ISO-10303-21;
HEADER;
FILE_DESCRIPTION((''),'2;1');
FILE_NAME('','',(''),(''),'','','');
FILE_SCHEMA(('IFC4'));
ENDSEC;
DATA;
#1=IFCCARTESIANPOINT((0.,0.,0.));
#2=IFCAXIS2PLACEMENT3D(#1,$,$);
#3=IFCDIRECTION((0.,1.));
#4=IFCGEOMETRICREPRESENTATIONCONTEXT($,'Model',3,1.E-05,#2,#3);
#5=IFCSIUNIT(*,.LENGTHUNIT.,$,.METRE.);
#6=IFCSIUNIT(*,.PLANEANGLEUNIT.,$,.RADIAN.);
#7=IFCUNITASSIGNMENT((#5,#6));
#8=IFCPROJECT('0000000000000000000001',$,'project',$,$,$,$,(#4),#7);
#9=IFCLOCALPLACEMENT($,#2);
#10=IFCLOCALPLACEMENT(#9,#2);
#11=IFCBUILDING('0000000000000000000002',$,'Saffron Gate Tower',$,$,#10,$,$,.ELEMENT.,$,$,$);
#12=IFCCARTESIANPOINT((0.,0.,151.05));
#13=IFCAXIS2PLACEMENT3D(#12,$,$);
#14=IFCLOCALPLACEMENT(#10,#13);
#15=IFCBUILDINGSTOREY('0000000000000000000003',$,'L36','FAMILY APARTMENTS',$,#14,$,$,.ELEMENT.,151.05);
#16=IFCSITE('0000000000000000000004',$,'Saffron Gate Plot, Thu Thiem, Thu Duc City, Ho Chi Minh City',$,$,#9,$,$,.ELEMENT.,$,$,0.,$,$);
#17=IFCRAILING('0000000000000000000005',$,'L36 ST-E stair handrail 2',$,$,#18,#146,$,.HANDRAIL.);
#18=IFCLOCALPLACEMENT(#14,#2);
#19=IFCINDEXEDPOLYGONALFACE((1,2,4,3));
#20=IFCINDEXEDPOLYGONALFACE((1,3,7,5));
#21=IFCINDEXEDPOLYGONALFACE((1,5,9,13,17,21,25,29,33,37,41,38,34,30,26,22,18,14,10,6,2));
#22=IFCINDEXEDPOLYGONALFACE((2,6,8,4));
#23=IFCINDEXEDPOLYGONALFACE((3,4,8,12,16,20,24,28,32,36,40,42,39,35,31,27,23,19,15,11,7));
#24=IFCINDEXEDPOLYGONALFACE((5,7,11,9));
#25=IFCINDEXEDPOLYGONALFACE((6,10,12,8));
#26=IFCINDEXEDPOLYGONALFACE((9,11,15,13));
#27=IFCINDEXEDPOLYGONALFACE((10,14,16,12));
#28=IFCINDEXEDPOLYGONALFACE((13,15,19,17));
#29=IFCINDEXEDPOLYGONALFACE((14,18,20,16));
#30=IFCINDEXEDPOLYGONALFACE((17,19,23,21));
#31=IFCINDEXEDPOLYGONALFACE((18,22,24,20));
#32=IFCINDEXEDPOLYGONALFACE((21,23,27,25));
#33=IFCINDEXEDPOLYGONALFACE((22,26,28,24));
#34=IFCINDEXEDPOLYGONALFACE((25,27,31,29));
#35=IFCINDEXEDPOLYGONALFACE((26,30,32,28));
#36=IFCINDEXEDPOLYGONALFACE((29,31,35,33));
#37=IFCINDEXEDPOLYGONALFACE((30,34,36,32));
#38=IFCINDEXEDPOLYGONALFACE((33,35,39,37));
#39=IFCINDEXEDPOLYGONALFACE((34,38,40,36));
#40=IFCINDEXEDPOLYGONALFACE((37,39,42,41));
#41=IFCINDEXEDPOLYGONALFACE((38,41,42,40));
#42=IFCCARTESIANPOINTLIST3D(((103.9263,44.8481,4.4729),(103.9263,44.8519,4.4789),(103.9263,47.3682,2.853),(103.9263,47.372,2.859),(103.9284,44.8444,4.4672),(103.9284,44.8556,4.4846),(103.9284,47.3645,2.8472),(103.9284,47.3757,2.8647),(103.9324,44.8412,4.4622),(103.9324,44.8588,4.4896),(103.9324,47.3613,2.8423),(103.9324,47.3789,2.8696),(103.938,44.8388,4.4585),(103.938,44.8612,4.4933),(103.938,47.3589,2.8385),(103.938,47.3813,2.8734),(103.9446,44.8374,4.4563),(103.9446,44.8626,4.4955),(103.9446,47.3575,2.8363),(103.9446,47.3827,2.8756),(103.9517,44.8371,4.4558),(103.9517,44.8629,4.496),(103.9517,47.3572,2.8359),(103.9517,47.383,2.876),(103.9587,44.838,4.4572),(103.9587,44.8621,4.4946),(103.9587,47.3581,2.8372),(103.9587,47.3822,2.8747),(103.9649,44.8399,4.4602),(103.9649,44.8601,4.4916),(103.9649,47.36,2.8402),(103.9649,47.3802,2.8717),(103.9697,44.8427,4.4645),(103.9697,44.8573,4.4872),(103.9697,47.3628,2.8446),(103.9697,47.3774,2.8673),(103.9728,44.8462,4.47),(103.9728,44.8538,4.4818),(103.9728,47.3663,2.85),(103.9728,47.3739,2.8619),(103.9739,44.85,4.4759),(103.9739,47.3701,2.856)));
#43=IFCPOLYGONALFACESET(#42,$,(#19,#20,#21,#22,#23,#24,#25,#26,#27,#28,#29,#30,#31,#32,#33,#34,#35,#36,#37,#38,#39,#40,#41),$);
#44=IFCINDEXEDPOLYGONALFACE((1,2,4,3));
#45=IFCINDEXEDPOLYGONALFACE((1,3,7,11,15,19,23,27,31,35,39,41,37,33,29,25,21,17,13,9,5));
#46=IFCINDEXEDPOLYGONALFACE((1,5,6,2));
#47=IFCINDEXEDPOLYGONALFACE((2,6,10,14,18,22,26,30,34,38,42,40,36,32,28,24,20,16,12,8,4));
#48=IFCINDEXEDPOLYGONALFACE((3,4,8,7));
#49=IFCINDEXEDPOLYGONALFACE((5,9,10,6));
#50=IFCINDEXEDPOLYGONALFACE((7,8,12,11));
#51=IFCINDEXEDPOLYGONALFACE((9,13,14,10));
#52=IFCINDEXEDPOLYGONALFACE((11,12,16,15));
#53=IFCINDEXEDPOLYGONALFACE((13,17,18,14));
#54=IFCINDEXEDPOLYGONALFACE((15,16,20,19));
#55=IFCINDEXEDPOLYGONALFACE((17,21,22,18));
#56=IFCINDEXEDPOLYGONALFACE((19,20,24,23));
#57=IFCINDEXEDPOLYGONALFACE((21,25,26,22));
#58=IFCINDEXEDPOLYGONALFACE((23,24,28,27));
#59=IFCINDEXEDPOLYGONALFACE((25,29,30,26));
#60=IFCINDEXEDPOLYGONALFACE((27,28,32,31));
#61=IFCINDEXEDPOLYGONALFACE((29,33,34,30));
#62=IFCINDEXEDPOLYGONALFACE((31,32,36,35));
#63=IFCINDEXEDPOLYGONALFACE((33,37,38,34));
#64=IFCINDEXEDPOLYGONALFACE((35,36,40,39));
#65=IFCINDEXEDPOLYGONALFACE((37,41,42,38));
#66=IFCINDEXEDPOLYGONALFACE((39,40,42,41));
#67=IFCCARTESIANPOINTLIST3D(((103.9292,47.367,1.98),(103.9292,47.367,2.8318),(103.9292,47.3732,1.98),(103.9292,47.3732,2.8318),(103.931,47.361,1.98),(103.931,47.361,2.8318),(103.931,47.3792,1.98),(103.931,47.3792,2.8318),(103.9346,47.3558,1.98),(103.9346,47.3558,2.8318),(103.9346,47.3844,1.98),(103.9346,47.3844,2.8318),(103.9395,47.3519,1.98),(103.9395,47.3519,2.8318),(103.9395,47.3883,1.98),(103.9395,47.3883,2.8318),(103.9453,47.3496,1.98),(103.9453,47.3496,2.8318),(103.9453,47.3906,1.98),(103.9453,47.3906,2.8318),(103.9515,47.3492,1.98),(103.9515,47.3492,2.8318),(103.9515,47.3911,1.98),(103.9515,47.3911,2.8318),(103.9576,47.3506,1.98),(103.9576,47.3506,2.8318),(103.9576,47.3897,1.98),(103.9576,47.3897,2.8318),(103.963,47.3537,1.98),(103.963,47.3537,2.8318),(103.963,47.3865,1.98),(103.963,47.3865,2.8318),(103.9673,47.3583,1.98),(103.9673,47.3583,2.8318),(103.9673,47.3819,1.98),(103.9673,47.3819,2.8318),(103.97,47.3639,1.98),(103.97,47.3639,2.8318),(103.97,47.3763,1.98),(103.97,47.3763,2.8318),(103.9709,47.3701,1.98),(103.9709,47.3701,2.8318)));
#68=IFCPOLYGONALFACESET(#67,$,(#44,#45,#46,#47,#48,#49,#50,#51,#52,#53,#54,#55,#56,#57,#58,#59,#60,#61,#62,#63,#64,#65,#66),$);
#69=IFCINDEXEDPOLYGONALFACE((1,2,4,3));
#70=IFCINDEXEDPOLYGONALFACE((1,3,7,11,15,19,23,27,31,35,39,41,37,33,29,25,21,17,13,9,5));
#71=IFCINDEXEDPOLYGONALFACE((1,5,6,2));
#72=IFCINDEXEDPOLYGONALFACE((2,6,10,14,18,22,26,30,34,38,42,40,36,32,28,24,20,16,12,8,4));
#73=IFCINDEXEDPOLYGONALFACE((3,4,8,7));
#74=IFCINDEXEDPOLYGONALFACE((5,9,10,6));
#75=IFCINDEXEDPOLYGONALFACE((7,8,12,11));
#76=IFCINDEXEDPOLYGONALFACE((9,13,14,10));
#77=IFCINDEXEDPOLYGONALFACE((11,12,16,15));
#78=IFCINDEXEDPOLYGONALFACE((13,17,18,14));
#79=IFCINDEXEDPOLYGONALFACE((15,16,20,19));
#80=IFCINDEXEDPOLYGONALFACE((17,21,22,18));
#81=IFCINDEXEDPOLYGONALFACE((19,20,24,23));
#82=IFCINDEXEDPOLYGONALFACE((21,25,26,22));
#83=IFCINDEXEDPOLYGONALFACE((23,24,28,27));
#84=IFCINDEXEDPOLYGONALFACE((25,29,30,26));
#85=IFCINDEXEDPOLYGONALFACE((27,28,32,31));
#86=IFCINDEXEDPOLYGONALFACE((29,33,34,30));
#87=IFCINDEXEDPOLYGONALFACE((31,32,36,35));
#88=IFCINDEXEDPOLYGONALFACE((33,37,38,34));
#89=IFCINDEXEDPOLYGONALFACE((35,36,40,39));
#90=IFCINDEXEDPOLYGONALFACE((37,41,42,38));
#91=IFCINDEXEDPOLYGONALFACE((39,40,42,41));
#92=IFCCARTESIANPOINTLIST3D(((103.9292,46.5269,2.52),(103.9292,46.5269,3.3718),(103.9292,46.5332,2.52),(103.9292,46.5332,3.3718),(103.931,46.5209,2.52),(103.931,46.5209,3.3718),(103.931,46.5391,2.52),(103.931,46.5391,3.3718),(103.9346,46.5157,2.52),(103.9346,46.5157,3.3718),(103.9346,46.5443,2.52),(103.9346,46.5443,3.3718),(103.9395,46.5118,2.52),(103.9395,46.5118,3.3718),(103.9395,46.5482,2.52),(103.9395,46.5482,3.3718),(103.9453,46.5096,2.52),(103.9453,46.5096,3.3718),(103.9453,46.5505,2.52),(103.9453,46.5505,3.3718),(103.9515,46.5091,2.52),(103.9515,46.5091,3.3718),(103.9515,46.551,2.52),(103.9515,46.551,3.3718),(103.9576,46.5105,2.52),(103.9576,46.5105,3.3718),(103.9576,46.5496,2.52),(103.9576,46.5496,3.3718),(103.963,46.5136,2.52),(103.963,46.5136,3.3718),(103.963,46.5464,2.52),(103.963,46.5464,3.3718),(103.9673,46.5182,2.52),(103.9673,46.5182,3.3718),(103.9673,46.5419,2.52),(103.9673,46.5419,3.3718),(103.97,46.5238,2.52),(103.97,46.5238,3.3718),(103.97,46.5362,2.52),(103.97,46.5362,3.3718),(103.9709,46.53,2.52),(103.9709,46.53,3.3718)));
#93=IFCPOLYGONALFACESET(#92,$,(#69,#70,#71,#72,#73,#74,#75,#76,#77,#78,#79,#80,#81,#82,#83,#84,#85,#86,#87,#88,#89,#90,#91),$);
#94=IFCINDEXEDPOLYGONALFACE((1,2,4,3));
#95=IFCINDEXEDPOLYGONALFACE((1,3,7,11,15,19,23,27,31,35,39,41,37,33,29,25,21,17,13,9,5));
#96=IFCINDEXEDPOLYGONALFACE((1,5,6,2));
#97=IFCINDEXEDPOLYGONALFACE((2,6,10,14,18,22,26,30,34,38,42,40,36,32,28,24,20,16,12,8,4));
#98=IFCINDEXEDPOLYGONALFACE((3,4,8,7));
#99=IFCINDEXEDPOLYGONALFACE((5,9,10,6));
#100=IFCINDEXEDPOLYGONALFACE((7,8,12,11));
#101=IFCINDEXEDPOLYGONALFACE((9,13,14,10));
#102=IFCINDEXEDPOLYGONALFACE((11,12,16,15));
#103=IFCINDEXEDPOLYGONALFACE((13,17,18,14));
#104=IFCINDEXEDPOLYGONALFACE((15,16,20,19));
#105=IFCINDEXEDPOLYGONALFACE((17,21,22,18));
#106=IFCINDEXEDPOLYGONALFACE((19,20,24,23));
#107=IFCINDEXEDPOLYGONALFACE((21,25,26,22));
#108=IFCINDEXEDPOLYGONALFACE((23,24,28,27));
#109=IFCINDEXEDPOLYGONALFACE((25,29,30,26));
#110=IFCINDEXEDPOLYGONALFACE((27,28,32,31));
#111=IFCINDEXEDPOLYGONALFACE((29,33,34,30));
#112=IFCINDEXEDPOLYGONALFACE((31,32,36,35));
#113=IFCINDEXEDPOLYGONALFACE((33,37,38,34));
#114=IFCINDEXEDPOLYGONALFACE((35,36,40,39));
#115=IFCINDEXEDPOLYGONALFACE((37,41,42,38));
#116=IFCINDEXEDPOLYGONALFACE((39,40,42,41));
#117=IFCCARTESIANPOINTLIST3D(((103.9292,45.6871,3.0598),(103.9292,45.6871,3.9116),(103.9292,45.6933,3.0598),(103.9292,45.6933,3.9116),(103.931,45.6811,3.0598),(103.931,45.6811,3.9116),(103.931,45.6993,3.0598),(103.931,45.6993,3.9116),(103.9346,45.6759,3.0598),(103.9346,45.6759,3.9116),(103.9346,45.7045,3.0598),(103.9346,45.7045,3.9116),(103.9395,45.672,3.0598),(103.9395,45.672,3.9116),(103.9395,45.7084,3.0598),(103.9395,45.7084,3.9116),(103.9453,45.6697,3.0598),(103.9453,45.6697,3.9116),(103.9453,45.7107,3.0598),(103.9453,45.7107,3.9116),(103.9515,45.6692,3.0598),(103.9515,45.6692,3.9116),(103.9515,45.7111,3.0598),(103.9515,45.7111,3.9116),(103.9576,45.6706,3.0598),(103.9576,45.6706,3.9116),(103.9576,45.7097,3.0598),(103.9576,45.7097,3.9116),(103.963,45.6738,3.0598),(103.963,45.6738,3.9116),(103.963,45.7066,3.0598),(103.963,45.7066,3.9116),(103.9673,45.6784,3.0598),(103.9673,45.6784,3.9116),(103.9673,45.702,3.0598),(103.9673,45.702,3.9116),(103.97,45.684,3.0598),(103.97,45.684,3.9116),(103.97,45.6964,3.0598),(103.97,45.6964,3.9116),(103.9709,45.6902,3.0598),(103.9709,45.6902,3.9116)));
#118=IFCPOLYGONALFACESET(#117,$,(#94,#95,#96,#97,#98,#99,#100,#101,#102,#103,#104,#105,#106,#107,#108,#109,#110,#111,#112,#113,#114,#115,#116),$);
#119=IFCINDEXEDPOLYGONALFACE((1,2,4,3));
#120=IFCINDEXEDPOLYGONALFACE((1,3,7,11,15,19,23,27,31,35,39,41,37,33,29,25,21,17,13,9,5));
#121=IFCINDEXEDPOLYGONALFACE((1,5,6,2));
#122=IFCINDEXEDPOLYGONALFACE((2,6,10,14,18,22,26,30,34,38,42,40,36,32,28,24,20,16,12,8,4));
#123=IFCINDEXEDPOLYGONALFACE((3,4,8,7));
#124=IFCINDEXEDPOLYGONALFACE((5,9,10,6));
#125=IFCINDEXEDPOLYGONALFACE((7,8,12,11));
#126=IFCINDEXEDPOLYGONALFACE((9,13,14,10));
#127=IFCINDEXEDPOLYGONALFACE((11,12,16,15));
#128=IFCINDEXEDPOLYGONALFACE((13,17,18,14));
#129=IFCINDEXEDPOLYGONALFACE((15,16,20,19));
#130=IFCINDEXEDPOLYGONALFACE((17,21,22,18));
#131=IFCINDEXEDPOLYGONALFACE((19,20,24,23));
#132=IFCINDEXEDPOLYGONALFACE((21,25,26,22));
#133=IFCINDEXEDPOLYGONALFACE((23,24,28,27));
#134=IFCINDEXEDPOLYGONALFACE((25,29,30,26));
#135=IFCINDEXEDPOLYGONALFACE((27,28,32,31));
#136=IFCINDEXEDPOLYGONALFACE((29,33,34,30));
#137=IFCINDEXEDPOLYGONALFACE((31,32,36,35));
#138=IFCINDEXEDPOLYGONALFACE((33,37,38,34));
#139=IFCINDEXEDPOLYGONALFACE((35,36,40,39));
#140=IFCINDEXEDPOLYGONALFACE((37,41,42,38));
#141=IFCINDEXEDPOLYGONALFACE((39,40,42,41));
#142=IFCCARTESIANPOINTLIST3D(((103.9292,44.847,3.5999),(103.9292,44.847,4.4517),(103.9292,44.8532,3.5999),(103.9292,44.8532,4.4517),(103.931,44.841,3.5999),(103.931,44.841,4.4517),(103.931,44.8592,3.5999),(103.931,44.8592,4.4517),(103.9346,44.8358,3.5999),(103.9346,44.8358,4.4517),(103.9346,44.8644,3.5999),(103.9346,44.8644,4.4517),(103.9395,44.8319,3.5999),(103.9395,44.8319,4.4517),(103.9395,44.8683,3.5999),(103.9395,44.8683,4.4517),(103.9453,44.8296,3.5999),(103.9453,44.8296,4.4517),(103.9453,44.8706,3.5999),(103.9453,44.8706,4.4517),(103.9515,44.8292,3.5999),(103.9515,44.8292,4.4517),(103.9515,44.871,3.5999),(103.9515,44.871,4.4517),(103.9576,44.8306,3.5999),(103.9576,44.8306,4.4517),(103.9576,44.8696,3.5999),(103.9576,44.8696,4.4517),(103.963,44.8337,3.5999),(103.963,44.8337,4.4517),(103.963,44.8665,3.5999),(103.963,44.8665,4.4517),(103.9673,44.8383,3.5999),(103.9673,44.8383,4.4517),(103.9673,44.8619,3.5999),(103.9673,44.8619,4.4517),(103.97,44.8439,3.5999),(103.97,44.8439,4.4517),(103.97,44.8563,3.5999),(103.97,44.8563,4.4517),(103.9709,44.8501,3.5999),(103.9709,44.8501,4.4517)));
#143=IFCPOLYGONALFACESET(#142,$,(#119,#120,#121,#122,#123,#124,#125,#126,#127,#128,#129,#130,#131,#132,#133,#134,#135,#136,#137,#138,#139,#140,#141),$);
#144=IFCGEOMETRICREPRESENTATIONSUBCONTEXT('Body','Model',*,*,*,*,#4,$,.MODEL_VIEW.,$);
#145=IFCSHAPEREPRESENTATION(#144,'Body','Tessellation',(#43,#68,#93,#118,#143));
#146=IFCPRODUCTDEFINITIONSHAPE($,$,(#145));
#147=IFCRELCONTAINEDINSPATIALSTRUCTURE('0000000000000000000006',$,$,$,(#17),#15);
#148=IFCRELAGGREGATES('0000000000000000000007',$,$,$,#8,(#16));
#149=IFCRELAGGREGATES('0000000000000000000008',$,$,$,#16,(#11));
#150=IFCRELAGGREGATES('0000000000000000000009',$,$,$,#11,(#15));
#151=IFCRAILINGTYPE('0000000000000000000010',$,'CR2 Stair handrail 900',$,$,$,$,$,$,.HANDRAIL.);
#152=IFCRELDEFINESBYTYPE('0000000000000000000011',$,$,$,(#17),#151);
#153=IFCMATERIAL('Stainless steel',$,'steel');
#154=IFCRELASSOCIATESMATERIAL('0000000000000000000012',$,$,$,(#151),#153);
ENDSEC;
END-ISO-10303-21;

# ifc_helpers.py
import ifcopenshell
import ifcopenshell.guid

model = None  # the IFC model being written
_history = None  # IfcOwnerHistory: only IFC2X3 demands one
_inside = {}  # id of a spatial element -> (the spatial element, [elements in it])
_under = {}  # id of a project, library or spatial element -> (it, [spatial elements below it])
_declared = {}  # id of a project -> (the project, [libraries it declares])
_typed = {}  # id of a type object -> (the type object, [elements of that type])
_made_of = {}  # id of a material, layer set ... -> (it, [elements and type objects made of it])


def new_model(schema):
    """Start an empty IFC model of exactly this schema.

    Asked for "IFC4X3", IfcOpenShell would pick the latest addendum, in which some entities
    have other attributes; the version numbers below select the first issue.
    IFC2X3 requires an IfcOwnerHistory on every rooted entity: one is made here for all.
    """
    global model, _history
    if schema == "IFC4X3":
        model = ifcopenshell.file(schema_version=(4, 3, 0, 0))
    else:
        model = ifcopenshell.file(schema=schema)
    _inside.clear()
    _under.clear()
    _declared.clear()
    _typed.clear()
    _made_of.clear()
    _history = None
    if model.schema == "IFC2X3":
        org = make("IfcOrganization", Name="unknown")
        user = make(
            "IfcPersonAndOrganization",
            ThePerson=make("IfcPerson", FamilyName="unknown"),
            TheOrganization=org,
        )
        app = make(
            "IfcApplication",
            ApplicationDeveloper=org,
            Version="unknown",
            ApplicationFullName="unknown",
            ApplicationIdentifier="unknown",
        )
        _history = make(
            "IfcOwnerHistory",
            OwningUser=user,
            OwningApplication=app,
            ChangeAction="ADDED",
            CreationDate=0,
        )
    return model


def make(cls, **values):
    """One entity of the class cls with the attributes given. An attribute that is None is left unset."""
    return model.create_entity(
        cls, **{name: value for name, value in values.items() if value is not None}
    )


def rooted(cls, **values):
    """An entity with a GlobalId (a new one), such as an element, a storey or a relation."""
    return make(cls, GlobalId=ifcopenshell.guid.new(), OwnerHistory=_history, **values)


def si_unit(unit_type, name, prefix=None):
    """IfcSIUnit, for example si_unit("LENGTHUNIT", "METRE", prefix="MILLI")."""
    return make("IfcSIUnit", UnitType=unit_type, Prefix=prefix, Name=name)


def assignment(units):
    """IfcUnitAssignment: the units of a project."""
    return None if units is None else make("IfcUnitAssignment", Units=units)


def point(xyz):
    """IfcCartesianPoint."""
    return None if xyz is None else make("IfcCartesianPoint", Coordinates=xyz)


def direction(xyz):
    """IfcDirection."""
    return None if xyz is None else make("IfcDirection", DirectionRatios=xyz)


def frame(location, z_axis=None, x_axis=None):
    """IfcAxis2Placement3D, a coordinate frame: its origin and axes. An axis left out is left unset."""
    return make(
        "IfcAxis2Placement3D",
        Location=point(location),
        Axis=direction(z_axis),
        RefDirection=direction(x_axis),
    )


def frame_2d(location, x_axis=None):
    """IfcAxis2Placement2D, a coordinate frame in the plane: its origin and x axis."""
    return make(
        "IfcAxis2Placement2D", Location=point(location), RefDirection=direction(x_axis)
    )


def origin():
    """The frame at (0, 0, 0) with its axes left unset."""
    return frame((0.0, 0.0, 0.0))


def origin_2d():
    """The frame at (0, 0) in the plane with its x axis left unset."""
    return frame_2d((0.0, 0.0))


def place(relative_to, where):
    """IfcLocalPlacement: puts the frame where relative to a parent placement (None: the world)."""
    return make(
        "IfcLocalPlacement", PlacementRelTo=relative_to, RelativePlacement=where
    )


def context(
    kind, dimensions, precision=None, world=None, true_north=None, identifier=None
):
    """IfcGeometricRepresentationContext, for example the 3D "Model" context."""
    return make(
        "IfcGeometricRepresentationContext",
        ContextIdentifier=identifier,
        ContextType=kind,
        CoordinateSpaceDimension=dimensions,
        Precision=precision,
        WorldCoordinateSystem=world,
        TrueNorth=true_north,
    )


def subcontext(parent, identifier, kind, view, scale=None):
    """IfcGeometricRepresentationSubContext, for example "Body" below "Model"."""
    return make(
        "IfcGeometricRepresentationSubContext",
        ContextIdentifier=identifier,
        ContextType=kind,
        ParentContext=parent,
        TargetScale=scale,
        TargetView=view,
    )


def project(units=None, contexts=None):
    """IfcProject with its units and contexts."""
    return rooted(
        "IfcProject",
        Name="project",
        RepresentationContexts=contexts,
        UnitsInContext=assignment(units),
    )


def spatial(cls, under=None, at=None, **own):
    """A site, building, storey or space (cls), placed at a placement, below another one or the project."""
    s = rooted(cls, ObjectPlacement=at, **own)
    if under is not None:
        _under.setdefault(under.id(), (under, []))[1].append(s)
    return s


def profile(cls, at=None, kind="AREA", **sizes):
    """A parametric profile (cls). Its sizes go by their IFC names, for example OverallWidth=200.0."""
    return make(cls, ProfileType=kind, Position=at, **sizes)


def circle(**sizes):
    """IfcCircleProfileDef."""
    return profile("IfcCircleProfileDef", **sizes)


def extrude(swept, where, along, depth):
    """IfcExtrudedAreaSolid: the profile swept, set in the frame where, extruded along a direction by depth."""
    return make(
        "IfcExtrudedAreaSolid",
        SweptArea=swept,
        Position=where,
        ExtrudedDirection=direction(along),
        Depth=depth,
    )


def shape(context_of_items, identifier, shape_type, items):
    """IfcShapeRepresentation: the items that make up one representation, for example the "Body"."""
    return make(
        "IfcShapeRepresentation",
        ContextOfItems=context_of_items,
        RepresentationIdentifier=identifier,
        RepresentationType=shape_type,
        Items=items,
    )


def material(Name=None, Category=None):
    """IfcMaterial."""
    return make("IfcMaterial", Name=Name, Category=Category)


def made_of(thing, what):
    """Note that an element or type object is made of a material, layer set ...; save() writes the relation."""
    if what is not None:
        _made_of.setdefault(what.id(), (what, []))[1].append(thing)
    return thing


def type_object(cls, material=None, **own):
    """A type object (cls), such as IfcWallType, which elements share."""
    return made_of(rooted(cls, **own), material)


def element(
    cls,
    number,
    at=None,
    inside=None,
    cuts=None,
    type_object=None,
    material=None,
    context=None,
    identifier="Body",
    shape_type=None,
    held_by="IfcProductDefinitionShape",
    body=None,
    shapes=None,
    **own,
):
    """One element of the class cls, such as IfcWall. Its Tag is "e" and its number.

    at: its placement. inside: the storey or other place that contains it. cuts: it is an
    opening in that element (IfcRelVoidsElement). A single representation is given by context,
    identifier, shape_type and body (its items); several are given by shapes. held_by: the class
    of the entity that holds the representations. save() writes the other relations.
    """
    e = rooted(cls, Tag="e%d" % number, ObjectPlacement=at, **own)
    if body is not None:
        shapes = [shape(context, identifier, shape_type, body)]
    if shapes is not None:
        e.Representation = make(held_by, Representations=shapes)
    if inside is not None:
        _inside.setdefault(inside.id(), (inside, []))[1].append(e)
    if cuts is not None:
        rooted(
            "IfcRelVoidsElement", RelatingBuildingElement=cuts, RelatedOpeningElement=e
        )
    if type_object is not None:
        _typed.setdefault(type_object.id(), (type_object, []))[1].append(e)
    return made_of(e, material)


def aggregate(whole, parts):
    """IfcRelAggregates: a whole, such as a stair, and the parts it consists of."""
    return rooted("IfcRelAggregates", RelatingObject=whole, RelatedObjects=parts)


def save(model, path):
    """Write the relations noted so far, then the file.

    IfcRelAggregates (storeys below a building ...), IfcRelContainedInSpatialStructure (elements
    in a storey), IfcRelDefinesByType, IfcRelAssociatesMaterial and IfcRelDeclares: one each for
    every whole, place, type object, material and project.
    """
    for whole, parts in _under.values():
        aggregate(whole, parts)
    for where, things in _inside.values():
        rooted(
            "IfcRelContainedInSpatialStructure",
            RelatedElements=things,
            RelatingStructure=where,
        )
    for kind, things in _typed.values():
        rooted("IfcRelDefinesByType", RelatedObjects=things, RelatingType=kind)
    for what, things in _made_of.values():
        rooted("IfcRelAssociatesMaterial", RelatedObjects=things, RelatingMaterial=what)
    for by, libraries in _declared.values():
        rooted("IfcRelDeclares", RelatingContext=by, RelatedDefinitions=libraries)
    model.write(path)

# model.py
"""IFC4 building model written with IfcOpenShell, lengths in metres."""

from ifc_helpers import new_model, si_unit, direction, frame, origin, origin_2d, place, context, subcontext, project, spatial, circle, extrude, material, type_object, element, save


model = new_model("IFC4")

# Units and contexts
model_context = context("Model", 3, precision=1e-05, world=origin(), true_north=direction((0.0, 1.0)))
body_context = subcontext(model_context, "Body", "Model", "MODEL_VIEW")
ifc_project = project(units=[si_unit("LENGTHUNIT", "METRE"), si_unit("PLANEANGLEUNIT", "RADIAN")], contexts=[model_context])

# Site, building, storey
site_placement = place(None, origin())
site = spatial("IfcSite", under=ifc_project, at=site_placement, Name="Saffron Gate Plot, Thu Thiem, Thu Duc City, Ho Chi Minh City", CompositionType="ELEMENT", RefElevation=0.0)
building_placement = place(site_placement, origin())
building = spatial("IfcBuilding", under=site, at=building_placement, Name="Saffron Gate Tower", CompositionType="ELEMENT")
storey_placement = place(building_placement, frame((0.0, 0.0, 151.05)))
storey = spatial("IfcBuildingStorey", under=building, at=storey_placement, Name="L36", Description="FAMILY APARTMENTS", CompositionType="ELEMENT", Elevation=151.05)

# Railing
ifc_material_1 = material(Name="Stainless steel", Category="steel")
railing_type_1 = type_object("IfcRailingType", Name="CR2 Stair handrail 900", PredefinedType="HANDRAIL", material=ifc_material_1)
railing_1_placement = place(storey_placement, frame((103.95, 47.3701, 1.98)))
element("IfcRailing", 1, at=railing_1_placement, inside=storey, type_object=railing_type_1, Name="L36 ST-E stair handrail 2", PredefinedType="HANDRAIL", context=body_context, shape_type="SweptSolid", body=[
    extrude(circle(Radius=0.0239, at=origin_2d()), frame((0.0, 0.0, 0.876), z_axis=(0.0, -0.8412, 0.540725), x_axis=(1.0, 0.0, 0.0)), (0.0, 0.0, 1.0), 2.9958),
    extrude(circle(Radius=0.021, at=origin_2d()), origin(), (0.0, 0.0, 1.0), 0.8518),
    extrude(circle(Radius=0.021, at=origin_2d()), frame((0.0, -0.8401, 0.54)), (0.0, 0.0, 1.0), 0.8518),
    extrude(circle(Radius=0.021, at=origin_2d()), frame((0.0, -1.6799, 1.0798)), (0.0, 0.0, 1.0), 0.8518),
    extrude(circle(Radius=0.021, at=origin_2d()), frame((0.0, -2.52, 1.6199)), (0.0, 0.0, 1.0), 0.8518),
])

save(model, "model.ifc")
